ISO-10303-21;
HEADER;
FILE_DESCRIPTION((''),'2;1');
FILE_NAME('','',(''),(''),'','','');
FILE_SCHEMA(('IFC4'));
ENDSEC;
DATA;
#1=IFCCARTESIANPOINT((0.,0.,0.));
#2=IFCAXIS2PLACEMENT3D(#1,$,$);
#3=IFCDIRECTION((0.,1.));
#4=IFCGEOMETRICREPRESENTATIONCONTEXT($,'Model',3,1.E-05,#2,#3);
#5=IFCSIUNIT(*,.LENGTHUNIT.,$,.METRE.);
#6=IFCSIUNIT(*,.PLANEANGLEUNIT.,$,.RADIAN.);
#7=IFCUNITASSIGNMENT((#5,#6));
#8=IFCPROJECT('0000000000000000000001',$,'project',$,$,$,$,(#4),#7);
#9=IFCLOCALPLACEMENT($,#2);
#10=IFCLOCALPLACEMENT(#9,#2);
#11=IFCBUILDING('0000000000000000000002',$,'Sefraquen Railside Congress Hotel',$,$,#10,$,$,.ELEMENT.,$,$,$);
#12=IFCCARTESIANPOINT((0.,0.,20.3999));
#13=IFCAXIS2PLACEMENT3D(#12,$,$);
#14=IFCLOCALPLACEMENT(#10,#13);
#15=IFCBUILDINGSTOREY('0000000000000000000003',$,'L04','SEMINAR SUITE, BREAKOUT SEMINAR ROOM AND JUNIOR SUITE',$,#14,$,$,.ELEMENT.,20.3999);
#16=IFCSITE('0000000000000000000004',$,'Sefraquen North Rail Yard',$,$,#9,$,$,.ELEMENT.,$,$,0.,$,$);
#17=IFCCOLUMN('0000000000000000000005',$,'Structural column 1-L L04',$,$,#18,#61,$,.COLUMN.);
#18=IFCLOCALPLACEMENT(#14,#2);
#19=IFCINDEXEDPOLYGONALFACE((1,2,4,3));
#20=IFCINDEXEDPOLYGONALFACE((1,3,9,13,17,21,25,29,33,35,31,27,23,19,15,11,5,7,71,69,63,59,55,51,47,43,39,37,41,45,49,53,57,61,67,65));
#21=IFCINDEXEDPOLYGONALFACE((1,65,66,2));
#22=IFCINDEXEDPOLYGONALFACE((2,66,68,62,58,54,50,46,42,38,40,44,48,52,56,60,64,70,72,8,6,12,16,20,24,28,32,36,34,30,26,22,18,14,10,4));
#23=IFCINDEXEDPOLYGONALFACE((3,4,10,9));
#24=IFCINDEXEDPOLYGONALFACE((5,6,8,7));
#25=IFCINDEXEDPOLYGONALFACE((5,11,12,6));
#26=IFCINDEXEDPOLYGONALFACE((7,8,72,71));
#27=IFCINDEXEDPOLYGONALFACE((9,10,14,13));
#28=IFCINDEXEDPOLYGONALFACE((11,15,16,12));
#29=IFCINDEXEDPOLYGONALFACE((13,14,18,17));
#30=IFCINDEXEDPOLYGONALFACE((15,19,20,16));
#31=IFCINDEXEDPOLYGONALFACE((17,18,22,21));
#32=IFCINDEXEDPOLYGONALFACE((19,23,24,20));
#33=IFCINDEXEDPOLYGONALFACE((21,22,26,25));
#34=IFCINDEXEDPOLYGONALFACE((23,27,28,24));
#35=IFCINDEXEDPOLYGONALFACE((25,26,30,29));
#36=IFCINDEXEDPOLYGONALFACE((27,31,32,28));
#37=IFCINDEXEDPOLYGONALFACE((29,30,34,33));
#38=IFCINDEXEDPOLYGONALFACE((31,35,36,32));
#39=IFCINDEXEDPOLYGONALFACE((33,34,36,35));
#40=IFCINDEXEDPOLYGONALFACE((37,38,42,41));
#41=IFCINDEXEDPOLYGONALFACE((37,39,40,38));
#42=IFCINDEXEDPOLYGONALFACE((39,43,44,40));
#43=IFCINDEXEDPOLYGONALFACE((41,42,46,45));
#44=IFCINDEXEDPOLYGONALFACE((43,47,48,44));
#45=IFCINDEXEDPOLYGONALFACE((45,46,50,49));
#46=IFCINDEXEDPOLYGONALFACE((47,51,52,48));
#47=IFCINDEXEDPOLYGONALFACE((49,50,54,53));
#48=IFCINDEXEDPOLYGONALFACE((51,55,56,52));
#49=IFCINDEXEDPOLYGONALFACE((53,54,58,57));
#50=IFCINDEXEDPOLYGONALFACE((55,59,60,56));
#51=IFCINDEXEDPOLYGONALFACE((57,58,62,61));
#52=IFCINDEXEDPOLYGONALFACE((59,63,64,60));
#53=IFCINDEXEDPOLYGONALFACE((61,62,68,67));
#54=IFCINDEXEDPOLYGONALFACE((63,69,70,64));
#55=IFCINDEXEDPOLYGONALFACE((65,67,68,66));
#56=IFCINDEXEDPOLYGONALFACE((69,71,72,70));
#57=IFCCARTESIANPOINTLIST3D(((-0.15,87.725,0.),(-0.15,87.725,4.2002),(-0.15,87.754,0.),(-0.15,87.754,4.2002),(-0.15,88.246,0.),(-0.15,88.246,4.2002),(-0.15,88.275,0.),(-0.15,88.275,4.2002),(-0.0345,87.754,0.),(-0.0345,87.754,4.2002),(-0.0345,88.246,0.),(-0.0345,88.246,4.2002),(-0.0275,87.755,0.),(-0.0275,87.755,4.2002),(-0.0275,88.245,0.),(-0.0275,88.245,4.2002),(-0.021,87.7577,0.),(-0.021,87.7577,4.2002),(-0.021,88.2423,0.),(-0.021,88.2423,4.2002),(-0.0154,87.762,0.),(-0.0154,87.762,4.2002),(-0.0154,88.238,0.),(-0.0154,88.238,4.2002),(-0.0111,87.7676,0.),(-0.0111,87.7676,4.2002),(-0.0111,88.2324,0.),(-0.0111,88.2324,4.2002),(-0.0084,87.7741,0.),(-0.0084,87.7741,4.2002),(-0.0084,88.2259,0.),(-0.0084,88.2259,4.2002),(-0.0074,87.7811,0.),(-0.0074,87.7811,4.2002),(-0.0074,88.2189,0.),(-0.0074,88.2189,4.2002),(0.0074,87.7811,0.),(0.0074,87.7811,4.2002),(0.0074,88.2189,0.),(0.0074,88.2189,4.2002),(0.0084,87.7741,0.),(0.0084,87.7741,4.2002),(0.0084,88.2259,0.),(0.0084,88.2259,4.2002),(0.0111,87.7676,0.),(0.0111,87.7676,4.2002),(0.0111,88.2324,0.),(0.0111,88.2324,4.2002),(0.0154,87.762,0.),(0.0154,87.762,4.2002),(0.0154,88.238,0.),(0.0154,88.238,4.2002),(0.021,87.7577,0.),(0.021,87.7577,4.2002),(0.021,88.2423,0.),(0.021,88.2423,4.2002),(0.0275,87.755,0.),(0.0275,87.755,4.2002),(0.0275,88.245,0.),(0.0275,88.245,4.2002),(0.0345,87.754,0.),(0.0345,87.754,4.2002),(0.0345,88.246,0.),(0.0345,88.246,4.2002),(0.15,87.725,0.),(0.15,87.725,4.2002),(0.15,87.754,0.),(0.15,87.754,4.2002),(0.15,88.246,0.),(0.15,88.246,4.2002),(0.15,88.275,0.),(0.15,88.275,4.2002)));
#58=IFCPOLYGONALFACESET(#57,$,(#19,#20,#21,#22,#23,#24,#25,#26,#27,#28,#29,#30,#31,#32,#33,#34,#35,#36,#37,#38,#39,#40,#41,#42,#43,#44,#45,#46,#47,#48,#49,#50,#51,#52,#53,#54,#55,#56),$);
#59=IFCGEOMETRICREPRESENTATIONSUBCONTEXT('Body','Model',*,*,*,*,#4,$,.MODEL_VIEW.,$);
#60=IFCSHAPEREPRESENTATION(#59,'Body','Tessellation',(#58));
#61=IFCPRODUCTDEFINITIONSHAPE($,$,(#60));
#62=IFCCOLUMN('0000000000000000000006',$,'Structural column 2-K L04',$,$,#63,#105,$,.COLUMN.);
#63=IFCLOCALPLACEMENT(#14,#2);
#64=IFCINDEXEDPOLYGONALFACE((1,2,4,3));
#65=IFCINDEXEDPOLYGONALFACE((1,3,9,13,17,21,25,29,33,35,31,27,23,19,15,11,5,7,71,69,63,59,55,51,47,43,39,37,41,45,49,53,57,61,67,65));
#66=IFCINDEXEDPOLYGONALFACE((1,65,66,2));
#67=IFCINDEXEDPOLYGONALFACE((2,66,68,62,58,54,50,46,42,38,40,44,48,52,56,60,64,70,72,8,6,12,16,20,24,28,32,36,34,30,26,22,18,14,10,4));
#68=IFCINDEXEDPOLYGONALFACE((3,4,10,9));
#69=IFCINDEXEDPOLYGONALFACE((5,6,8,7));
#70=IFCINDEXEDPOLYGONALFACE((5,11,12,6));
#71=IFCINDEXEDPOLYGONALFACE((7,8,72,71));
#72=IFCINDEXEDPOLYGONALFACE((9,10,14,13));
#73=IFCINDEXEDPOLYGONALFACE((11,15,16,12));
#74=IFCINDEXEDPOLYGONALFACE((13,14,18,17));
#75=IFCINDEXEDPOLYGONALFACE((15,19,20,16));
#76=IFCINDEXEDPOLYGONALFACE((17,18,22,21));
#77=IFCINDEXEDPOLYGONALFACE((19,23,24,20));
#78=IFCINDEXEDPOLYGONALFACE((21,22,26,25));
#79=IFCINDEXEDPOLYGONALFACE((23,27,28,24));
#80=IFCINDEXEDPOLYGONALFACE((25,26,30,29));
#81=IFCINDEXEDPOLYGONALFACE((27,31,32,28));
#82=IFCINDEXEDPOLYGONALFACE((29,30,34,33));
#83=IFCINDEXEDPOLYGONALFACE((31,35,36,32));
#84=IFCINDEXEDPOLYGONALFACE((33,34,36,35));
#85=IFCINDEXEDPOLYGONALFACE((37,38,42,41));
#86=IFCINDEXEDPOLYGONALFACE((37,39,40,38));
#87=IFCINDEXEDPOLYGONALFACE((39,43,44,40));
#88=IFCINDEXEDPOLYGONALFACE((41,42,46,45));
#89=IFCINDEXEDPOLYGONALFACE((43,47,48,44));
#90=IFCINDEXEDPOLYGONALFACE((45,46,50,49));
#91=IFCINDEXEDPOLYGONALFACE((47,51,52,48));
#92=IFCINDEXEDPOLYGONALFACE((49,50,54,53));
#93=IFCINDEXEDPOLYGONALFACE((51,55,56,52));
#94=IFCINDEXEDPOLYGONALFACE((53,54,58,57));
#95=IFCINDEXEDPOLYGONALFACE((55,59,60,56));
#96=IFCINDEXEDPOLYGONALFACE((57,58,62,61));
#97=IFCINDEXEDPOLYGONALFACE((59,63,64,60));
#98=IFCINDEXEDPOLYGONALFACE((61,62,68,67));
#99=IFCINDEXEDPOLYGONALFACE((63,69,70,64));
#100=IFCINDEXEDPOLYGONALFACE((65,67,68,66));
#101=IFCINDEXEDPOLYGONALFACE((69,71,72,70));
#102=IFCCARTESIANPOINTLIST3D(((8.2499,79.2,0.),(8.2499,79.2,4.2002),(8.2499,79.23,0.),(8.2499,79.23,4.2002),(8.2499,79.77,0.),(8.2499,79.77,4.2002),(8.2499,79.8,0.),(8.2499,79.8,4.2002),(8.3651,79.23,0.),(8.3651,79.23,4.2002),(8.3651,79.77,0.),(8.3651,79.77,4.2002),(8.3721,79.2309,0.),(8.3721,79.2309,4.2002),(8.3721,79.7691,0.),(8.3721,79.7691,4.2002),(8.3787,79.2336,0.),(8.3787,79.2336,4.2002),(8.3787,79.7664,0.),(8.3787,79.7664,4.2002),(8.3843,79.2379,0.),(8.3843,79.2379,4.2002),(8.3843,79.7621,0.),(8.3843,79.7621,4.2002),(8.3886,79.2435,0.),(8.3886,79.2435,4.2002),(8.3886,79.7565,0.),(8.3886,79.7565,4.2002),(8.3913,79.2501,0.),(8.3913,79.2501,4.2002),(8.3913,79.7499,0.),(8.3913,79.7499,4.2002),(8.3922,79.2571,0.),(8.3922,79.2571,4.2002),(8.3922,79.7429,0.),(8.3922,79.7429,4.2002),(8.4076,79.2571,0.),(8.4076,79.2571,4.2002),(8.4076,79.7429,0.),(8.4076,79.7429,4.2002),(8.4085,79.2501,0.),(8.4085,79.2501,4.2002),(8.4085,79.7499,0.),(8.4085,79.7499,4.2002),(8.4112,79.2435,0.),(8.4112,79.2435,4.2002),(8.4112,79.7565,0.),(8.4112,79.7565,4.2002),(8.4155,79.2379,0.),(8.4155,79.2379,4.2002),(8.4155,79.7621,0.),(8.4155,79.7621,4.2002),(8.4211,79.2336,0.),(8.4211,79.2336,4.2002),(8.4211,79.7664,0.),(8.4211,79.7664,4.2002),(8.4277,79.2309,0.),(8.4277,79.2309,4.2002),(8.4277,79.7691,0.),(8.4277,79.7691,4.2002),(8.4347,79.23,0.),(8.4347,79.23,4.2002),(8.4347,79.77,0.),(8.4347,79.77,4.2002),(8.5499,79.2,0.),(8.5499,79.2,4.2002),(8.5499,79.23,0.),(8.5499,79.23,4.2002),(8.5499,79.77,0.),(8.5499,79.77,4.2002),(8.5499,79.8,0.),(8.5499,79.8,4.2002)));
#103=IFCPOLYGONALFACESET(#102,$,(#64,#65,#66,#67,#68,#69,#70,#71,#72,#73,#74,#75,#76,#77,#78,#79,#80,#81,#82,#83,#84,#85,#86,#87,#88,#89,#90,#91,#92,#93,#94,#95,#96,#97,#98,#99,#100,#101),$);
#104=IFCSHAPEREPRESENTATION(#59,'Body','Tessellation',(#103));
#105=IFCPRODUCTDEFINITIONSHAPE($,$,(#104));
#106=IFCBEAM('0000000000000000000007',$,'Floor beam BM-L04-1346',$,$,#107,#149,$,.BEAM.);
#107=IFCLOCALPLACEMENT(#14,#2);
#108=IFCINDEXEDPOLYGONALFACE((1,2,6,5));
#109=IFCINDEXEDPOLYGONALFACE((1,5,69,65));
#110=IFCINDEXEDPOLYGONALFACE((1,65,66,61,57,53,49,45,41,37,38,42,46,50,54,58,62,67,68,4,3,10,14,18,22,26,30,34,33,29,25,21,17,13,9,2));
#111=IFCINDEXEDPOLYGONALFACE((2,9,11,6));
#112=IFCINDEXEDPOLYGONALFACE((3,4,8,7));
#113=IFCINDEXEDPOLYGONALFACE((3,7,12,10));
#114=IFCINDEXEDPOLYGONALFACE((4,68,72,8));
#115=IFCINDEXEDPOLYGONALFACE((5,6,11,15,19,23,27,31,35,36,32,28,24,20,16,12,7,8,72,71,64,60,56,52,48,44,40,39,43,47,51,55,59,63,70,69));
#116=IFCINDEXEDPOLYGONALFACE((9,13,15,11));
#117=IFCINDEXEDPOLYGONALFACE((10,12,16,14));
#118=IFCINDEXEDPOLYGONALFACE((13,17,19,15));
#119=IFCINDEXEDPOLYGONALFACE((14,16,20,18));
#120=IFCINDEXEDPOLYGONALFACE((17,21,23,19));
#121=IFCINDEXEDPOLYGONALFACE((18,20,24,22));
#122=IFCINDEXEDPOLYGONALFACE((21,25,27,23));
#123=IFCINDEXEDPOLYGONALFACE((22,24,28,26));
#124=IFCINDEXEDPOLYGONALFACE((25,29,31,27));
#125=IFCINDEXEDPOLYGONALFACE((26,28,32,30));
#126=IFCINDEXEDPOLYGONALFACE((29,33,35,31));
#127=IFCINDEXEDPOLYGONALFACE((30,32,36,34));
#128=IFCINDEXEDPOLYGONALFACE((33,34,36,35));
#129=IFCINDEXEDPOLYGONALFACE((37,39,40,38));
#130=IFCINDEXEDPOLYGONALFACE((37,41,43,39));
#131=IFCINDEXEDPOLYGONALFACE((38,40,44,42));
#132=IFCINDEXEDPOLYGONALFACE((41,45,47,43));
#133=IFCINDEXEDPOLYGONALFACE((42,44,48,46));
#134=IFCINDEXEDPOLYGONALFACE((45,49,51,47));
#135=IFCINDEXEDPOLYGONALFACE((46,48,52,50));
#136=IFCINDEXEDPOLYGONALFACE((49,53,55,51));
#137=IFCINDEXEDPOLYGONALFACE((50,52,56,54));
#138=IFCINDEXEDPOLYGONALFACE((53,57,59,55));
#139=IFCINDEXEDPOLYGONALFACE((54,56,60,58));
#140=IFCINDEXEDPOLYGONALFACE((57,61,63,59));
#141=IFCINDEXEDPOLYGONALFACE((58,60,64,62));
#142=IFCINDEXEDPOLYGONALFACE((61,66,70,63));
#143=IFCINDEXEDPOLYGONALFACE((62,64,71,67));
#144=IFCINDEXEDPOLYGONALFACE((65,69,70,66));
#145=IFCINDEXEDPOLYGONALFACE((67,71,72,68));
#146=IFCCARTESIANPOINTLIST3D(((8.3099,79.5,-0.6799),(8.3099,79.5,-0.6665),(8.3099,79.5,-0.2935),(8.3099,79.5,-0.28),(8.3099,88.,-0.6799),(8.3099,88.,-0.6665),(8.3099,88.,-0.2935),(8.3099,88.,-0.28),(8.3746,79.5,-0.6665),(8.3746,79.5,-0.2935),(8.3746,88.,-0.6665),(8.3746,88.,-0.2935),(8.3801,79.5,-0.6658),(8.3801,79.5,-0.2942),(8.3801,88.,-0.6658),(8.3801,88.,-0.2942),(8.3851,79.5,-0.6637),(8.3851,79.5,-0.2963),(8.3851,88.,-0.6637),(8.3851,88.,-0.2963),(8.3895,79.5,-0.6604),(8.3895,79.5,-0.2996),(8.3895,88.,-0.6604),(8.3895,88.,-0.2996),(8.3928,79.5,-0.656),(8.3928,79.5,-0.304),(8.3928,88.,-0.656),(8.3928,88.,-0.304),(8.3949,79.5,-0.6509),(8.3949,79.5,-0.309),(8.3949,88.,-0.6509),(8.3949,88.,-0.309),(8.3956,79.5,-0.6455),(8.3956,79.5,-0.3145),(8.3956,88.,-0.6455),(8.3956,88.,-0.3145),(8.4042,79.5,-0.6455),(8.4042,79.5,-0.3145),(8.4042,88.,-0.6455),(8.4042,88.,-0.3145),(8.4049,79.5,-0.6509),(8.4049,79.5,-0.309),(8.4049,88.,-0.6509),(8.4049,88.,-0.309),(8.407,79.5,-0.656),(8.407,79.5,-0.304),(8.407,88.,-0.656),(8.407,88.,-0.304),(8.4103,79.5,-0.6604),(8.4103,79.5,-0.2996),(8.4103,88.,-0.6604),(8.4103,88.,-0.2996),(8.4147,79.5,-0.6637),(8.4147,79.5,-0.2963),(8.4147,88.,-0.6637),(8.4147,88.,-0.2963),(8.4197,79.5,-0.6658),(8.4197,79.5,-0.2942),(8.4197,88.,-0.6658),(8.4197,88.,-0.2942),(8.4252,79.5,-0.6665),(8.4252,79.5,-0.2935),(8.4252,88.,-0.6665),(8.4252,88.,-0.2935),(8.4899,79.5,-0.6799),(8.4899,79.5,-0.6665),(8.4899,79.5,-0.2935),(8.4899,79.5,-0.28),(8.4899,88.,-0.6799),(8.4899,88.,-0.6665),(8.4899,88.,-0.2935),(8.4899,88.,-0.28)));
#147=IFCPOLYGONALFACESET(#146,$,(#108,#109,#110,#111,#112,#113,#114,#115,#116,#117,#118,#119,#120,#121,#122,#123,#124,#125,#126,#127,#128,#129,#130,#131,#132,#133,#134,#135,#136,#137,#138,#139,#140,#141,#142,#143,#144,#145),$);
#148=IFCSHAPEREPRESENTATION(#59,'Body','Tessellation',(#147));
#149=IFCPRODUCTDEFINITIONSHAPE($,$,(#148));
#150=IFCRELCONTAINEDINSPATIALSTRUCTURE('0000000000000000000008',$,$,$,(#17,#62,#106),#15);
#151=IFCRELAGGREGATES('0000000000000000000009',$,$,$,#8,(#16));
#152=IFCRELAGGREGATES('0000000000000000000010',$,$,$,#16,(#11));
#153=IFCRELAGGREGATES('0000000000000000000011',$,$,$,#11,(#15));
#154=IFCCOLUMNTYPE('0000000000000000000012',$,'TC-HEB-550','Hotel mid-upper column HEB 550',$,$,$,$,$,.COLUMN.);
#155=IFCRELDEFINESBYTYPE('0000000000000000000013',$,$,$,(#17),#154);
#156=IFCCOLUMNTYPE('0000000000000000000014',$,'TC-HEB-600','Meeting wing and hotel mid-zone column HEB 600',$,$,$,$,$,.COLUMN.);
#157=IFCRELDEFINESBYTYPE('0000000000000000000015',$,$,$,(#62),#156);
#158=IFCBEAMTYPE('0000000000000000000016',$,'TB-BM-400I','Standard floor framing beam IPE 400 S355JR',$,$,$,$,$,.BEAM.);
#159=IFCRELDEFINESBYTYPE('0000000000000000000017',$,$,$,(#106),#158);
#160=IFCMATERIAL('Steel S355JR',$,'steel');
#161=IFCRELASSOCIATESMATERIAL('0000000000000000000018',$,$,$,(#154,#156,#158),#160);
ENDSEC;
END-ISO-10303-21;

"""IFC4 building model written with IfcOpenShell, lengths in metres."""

from ifc_helpers import new_model, si_unit, direction, frame, origin, origin_2d, place, context, subcontext, project, spatial, i_section, extrude, material, material_profile, profile_set, type_object, element, save


model = new_model("IFC4")

# Units and contexts
model_context = context("Model", 3, precision=1e-05, world=origin(), true_north=direction((0.0, 1.0)))
body_context = subcontext(model_context, "Body", "Model", "MODEL_VIEW")
ifc_project = project(units=[si_unit("LENGTHUNIT", "METRE"), si_unit("PLANEANGLEUNIT", "RADIAN")], contexts=[model_context])

# Site, building, storey
site_placement = place(None, origin())
site = spatial("IfcSite", under=ifc_project, at=site_placement, Name="Sefraquen North Rail Yard", CompositionType="ELEMENT", RefElevation=0.0)
building_placement = place(site_placement, origin())
building = spatial("IfcBuilding", under=site, at=building_placement, Name="Sefraquen Railside Congress Hotel", CompositionType="ELEMENT")
storey_placement = place(building_placement, frame((0.0, 0.0, 20.3999)))
storey = spatial("IfcBuildingStorey", under=building, at=storey_placement, Name="L04", Description="SEMINAR SUITE, BREAKOUT SEMINAR ROOM AND JUNIOR SUITE", CompositionType="ELEMENT", Elevation=20.3999)

# Columns
ifc_material_1 = material(Name="Steel S355JR", Category="steel")
ifc_material_profile_1 = material_profile(ifc_material_1, i_section(OverallWidth=0.3, OverallDepth=0.55, WebThickness=0.0149, FlangeThickness=0.0291, FilletRadius=0.0271, at=origin_2d()), Name="HEB 550")
ifc_profile_set_1 = profile_set([ifc_material_profile_1], Name="Steel S355JR")
column_type_1 = type_object("IfcColumnType", Name="TC-HEB-550", Description="Hotel mid-upper column HEB 550", PredefinedType="COLUMN", material=ifc_profile_set_1)
column_1_placement = place(storey_placement, frame((0.0, 88.0, 0.0), z_axis=(0.0, 0.0, 1.0), x_axis=(1.0, 0.0, 0.0)))
element("IfcColumn", 1, at=column_1_placement, inside=storey, type_object=column_type_1, Name="Structural column 1-L L04", PredefinedType="COLUMN", context=body_context, shape_type="SweptSolid", body=[
    extrude(i_section(OverallWidth=0.3, OverallDepth=0.55, WebThickness=0.0149, FlangeThickness=0.0291, FilletRadius=0.0271, at=origin_2d()), origin(), (0.0, 0.0, 1.0), 4.2002),
])
ifc_material_profile_2 = material_profile(ifc_material_1, i_section(OverallWidth=0.3, OverallDepth=0.6001, WebThickness=0.0154, FlangeThickness=0.03, FilletRadius=0.0271, at=origin_2d()), Name="HEB 600")
ifc_profile_set_2 = profile_set([ifc_material_profile_2], Name="Steel S355JR")
column_type_2 = type_object("IfcColumnType", Name="TC-HEB-600", Description="Meeting wing and hotel mid-zone column HEB 600", PredefinedType="COLUMN", material=ifc_profile_set_2)
column_2_placement = place(storey_placement, frame((8.3999, 79.5, 0.0), z_axis=(0.0, 0.0, 1.0), x_axis=(1.0, 0.0, 0.0)))
element("IfcColumn", 2, at=column_2_placement, inside=storey, type_object=column_type_2, Name="Structural column 2-K L04", PredefinedType="COLUMN", context=body_context, shape_type="SweptSolid", body=[
    extrude(i_section(OverallWidth=0.3, OverallDepth=0.6001, WebThickness=0.0154, FlangeThickness=0.03, FilletRadius=0.0271, at=origin_2d()), origin(), (0.0, 0.0, 1.0), 4.2002),
])

# Beam
ifc_material_profile_3 = material_profile(ifc_material_1, i_section(OverallWidth=0.1799, OverallDepth=0.3999, WebThickness=0.0085, FlangeThickness=0.0134, FilletRadius=0.021, at=origin_2d()), Name="IPE 400")
ifc_profile_set_3 = profile_set([ifc_material_profile_3], Name="Steel S355JR")
beam_type_1 = type_object("IfcBeamType", Name="TB-BM-400I", Description="Standard floor framing beam IPE 400 S355JR", PredefinedType="BEAM", material=ifc_profile_set_3)
beam_1_placement = place(storey_placement, frame((8.3999, 79.5, -0.48), z_axis=(0.0, 1.0, 0.0), x_axis=(-1.0, 0.0, 0.0)))
element("IfcBeam", 3, at=beam_1_placement, inside=storey, type_object=beam_type_1, Name="Floor beam BM-L04-1346", PredefinedType="BEAM", context=body_context, shape_type="SweptSolid", body=[
    extrude(i_section(OverallWidth=0.1799, OverallDepth=0.3999, WebThickness=0.0085, FlangeThickness=0.0134, FilletRadius=0.021, at=origin_2d()), origin(), (0.0, 0.0, 1.0), 8.5),
])

save(model, "model.ifc")
